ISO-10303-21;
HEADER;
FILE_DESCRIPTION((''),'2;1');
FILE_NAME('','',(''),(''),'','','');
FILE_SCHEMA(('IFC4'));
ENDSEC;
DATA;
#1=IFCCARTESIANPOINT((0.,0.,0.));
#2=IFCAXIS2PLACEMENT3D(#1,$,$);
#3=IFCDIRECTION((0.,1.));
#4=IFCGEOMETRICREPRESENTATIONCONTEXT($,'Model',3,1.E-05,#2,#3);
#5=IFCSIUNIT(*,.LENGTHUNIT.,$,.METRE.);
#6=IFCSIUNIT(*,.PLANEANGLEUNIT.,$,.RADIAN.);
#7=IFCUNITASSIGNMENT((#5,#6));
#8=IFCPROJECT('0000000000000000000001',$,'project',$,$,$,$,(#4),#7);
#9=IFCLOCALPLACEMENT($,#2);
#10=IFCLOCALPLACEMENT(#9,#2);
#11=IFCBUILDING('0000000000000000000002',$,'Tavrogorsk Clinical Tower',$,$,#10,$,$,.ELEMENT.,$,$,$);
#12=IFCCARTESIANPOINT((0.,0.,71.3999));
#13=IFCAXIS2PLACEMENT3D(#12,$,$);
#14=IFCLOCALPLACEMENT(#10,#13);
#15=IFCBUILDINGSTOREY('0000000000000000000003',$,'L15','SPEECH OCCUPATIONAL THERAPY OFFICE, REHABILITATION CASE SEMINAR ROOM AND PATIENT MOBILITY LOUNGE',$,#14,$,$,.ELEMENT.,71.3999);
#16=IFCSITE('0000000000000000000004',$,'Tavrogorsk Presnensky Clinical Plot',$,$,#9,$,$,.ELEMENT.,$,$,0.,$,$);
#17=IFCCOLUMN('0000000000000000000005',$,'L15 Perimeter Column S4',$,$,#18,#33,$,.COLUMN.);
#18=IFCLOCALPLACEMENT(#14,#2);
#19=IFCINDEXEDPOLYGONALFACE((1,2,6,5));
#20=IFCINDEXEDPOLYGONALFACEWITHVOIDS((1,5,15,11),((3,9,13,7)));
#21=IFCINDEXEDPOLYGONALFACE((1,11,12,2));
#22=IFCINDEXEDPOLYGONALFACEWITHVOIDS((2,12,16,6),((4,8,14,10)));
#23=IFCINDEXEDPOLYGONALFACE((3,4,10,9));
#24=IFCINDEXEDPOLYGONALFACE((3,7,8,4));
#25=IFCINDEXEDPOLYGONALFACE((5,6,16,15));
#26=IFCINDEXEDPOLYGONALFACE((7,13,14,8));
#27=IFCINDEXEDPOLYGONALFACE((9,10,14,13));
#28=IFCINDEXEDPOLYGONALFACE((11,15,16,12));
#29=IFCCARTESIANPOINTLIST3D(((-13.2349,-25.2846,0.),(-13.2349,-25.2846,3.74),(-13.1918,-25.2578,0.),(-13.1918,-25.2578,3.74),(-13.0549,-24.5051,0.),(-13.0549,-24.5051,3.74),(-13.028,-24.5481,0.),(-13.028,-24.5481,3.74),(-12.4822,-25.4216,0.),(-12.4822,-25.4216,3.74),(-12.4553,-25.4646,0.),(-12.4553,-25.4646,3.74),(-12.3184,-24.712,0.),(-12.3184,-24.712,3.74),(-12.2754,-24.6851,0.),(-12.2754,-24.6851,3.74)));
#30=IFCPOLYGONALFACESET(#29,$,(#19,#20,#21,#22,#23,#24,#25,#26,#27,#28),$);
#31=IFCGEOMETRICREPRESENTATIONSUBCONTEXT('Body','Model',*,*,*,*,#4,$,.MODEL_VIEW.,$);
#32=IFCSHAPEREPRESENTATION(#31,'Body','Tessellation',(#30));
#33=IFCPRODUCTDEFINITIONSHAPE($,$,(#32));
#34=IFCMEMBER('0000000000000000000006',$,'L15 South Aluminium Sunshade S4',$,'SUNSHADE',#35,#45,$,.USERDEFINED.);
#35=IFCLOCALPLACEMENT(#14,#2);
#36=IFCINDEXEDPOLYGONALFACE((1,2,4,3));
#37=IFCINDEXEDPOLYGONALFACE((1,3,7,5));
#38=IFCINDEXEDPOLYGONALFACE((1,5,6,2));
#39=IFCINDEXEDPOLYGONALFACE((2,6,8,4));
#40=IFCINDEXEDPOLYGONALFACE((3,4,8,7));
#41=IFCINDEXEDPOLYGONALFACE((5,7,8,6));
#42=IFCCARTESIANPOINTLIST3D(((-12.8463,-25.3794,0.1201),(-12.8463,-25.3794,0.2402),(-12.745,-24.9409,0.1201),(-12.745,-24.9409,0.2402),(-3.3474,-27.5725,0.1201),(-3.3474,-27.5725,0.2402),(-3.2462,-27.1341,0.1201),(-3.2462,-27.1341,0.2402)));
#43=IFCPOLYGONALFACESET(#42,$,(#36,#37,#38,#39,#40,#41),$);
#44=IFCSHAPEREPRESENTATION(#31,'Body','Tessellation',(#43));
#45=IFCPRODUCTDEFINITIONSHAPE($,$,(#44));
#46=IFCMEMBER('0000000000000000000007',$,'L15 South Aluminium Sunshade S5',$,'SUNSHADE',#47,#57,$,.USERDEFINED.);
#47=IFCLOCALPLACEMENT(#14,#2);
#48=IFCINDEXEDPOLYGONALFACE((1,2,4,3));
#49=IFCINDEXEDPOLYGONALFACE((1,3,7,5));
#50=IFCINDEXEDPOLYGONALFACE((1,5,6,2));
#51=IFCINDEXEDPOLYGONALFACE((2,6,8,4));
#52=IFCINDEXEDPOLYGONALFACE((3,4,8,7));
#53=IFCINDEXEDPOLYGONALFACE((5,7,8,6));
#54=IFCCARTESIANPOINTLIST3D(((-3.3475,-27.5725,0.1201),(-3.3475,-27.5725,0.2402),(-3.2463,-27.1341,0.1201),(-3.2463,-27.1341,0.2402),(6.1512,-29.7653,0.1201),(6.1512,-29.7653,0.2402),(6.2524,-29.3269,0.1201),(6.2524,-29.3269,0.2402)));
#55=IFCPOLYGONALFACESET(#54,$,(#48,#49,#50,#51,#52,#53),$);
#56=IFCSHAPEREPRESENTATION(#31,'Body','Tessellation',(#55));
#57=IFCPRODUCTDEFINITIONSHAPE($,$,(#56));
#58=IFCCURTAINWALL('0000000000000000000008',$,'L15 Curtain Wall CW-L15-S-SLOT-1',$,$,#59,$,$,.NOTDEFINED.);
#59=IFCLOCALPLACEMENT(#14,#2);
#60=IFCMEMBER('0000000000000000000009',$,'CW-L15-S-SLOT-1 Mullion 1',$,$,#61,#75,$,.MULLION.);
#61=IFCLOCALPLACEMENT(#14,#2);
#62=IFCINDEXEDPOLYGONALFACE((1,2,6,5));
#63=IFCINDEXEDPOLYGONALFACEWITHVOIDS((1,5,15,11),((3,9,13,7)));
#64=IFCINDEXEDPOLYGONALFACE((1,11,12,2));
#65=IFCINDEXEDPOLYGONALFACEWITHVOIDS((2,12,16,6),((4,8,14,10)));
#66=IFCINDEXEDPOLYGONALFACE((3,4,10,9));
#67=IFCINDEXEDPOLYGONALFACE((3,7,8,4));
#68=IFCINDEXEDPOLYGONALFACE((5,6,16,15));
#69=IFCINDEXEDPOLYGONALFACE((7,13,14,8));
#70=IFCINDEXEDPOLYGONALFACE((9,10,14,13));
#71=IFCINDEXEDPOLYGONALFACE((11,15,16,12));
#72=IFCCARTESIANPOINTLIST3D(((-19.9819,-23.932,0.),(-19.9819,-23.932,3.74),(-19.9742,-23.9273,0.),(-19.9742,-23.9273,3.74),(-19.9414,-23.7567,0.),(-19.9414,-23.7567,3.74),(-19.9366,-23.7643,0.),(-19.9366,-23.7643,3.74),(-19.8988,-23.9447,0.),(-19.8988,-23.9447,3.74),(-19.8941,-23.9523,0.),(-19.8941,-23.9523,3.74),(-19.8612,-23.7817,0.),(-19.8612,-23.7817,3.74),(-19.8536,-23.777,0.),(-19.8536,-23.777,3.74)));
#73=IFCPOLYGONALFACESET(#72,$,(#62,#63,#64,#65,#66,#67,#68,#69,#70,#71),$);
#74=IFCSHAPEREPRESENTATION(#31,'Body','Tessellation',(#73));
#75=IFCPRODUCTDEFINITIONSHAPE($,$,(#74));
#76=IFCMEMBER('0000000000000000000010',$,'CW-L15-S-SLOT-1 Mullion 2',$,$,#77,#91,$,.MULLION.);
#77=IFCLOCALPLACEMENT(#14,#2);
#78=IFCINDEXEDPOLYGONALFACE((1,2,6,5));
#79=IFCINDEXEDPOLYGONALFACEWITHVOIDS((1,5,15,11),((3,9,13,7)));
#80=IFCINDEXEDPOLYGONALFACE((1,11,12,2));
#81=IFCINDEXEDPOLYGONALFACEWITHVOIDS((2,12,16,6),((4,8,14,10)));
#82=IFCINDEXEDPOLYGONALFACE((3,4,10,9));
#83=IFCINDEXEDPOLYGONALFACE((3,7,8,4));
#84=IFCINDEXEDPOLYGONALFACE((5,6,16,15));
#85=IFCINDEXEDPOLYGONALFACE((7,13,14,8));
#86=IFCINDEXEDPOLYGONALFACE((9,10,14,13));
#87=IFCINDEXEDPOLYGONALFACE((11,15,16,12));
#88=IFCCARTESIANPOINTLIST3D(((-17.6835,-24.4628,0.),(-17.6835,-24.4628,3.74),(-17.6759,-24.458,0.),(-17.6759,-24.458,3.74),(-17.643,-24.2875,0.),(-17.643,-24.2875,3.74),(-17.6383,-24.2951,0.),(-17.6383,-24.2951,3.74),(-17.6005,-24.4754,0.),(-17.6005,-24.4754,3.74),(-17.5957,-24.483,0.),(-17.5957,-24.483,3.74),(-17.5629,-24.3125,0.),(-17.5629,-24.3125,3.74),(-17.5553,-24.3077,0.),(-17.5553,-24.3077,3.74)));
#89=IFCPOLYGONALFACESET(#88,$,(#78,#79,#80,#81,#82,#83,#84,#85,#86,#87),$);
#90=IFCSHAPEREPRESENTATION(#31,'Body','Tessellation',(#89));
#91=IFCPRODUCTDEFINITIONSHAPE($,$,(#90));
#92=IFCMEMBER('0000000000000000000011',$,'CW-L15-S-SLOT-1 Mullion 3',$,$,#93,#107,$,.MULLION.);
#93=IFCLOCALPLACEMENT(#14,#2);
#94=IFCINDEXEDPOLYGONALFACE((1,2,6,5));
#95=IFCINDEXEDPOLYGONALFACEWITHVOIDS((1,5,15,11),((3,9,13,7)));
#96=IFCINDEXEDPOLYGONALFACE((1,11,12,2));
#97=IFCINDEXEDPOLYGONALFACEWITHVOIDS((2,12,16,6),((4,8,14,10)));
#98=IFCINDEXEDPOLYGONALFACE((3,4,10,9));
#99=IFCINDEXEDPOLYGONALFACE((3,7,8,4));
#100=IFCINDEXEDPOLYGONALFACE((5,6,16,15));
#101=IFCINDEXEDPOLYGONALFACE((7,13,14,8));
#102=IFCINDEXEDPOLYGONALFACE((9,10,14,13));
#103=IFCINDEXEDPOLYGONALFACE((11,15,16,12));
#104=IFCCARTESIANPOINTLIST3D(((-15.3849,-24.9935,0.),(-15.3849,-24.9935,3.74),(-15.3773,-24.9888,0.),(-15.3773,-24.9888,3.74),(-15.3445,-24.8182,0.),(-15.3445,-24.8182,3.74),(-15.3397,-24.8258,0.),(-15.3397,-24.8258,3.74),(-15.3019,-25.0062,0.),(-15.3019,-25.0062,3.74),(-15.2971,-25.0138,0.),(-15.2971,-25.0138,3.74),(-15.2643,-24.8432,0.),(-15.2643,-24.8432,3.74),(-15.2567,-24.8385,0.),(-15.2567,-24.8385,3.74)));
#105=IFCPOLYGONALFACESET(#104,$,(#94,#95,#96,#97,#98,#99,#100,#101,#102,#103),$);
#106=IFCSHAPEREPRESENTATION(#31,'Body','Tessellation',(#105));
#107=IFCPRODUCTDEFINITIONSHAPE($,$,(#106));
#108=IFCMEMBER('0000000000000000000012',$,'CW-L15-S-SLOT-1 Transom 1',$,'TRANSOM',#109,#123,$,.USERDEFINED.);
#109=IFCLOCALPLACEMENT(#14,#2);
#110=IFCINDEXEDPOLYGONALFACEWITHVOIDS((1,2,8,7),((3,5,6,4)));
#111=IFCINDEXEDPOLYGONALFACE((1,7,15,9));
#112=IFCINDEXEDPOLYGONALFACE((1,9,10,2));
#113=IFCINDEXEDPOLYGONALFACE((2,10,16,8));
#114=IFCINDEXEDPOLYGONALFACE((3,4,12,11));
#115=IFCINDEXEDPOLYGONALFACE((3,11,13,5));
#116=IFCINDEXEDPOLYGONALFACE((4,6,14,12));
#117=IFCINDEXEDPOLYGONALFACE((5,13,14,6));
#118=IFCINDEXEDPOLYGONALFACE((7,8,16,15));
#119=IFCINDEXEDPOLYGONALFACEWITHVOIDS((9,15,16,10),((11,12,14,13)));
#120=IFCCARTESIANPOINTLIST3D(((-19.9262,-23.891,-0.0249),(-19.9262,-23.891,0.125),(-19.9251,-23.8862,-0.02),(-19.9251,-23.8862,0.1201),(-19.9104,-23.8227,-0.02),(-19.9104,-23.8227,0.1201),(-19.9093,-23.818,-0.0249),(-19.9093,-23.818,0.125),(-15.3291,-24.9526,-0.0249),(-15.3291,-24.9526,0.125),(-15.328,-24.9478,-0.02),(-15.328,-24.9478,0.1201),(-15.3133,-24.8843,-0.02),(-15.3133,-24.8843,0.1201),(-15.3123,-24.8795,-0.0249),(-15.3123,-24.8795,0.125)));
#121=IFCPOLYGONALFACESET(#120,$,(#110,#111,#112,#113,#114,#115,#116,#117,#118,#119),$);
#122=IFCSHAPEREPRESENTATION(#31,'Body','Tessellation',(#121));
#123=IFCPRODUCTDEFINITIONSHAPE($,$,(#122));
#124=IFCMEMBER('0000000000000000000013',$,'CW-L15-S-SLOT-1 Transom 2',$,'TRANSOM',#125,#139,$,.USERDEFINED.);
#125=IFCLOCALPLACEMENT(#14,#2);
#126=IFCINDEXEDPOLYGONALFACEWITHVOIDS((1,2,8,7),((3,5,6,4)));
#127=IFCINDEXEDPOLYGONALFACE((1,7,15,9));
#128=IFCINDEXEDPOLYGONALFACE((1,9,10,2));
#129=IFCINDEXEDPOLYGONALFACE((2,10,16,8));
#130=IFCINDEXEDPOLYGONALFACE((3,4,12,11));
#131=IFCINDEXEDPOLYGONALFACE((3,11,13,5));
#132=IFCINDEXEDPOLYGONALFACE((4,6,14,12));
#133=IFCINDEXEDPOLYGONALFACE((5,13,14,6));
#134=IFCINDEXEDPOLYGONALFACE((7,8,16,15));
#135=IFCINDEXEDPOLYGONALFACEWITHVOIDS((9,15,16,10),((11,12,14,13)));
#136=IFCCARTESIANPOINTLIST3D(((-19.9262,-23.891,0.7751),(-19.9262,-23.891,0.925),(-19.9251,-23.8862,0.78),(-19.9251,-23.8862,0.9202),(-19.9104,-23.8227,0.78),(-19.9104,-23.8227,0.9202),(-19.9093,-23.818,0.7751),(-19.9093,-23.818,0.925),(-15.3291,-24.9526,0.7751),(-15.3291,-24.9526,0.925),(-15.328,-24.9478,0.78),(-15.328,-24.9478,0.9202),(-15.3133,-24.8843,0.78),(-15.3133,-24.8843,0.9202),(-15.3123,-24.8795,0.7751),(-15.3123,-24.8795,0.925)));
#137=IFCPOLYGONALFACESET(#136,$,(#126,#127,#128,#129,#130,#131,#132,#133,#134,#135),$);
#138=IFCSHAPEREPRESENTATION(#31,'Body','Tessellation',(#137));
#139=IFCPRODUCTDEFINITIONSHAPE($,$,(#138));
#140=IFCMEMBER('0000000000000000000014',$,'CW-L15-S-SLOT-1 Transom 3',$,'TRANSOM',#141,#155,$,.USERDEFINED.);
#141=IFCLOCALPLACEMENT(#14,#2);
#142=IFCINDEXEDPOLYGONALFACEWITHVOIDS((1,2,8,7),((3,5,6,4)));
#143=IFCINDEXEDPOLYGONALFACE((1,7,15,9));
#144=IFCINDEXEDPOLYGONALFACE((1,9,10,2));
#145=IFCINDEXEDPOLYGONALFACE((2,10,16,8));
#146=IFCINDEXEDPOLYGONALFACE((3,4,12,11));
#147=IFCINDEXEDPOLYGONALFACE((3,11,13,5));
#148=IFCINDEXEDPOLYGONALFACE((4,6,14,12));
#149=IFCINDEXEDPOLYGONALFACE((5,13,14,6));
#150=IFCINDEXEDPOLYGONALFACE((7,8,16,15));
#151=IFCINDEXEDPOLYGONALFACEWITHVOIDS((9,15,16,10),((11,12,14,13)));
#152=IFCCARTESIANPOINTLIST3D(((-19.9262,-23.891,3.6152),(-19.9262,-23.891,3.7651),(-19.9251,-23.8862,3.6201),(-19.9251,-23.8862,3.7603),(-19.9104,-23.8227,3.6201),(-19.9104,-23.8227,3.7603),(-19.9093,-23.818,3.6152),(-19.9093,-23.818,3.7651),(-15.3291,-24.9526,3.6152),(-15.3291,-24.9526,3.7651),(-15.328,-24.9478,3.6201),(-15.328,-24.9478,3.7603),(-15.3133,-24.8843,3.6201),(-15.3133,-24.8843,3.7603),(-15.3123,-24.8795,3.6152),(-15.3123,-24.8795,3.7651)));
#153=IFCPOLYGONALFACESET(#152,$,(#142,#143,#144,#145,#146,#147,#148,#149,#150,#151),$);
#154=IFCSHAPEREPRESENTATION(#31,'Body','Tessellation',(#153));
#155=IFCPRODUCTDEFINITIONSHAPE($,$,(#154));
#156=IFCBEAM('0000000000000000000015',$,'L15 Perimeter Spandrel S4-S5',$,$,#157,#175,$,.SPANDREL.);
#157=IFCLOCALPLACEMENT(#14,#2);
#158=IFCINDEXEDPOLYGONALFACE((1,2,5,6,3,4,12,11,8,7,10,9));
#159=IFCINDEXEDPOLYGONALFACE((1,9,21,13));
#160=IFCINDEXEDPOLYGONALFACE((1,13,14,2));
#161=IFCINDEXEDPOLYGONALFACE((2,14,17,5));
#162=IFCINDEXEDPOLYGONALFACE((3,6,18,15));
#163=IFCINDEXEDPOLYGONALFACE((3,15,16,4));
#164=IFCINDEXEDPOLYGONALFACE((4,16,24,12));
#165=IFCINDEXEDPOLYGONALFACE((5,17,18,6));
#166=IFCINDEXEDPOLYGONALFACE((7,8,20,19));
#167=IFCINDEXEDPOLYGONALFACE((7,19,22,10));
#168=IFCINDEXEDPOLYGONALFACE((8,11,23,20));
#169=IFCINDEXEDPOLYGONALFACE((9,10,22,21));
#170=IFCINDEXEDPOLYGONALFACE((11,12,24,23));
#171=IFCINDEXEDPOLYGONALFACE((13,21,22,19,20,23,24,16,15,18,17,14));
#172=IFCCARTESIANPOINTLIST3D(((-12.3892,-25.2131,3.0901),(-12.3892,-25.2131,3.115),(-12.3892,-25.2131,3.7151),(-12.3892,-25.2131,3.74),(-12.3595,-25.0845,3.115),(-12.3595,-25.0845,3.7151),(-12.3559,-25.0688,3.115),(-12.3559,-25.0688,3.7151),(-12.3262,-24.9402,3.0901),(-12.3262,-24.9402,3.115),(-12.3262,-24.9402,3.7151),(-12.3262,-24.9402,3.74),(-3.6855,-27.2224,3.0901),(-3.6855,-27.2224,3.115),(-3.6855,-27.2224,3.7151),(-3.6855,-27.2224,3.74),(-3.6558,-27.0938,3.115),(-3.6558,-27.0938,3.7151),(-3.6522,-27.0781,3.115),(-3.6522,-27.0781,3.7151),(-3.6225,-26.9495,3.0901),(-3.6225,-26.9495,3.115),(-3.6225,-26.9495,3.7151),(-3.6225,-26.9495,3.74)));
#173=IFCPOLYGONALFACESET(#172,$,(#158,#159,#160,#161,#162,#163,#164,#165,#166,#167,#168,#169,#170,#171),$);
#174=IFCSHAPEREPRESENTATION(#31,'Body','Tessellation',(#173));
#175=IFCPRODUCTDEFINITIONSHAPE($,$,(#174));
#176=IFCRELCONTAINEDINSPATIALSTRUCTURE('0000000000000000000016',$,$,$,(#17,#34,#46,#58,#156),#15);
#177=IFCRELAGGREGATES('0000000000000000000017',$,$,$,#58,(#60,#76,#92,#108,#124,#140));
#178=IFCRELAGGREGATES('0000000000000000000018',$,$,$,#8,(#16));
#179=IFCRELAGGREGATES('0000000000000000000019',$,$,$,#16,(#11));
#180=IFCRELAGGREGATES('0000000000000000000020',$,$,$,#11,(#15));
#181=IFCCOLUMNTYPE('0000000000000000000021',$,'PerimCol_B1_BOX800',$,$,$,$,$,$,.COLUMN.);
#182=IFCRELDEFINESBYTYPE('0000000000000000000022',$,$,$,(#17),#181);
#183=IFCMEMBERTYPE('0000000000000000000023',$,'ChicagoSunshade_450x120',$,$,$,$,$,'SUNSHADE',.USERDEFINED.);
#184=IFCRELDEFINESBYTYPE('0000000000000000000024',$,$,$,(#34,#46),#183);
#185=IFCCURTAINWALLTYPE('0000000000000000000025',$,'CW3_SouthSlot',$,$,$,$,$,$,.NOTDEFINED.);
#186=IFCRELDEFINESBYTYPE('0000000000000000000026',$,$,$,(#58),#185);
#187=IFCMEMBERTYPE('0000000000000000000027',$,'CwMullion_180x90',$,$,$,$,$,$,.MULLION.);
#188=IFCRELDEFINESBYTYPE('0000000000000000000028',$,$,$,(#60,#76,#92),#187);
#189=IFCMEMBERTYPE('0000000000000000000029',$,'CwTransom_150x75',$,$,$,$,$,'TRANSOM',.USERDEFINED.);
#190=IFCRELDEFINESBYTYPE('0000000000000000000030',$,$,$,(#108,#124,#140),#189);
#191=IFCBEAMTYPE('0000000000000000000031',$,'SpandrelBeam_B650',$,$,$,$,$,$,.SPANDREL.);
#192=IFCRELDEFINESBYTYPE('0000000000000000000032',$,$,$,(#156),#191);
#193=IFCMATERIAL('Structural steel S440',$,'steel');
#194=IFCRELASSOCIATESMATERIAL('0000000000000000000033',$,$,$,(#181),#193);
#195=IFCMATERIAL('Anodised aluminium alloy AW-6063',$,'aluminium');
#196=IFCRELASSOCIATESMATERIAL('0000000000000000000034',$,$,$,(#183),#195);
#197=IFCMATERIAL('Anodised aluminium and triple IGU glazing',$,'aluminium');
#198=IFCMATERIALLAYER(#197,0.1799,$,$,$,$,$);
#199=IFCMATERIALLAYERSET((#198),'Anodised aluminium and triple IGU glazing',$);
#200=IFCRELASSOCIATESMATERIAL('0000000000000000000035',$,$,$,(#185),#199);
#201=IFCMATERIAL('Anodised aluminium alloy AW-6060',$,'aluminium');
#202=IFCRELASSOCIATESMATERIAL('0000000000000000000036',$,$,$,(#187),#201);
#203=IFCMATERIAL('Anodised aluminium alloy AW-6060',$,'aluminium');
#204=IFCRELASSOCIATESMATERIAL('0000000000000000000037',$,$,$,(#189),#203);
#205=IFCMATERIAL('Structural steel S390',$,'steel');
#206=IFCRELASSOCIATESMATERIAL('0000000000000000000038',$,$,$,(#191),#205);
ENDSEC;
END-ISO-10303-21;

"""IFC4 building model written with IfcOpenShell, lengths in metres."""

from ifc_helpers import new_model, si_unit, direction, frame, origin, origin_2d, place, context, subcontext, project, spatial, rectangle, hollow_rectangle, i_section, extrude, material, layer, layer_set, material_profile, profile_set, type_object, element, aggregate, save


model = new_model("IFC4")

# Units and contexts
model_context = context("Model", 3, precision=1e-05, world=origin(), true_north=direction((0.0, 1.0)))
body_context = subcontext(model_context, "Body", "Model", "MODEL_VIEW")
ifc_project = project(units=[si_unit("LENGTHUNIT", "METRE"), si_unit("PLANEANGLEUNIT", "RADIAN")], contexts=[model_context])

# Site, building, storey
site_placement = place(None, origin())
site = spatial("IfcSite", under=ifc_project, at=site_placement, Name="Tavrogorsk Presnensky Clinical Plot", CompositionType="ELEMENT", RefElevation=0.0)
building_placement = place(site_placement, origin())
building = spatial("IfcBuilding", under=site, at=building_placement, Name="Tavrogorsk Clinical Tower", CompositionType="ELEMENT")
storey_placement = place(building_placement, frame((0.0, 0.0, 71.3999)))
storey = spatial("IfcBuildingStorey", under=building, at=storey_placement, Name="L15", Description="SPEECH OCCUPATIONAL THERAPY OFFICE, REHABILITATION CASE SEMINAR ROOM AND PATIENT MOBILITY LOUNGE", CompositionType="ELEMENT", Elevation=71.3999)

# Column
ifc_material_1 = material(Name="Structural steel S440", Category="steel")
ifc_material_profile_1 = material_profile(ifc_material_1, hollow_rectangle(XDim=0.8, YDim=0.8, WallThickness=0.0359, at=origin_2d()), Name="BOX-800x800x36")
ifc_profile_set_1 = profile_set([ifc_material_profile_1], Name="Structural steel S440")
column_type = type_object("IfcColumnType", Name="PerimCol_B1_BOX800", PredefinedType="COLUMN", material=ifc_profile_set_1)
column_placement = place(storey_placement, frame((-12.7551, -24.9849, 0.0), z_axis=(0.0, 0.0, 1.0), x_axis=(0.97437, -0.224951, 0.0)))
element("IfcColumn", 1, at=column_placement, inside=storey, type_object=column_type, Name="L15 Perimeter Column S4", PredefinedType="COLUMN", context=body_context, shape_type="SweptSolid", body=[
    extrude(hollow_rectangle(XDim=0.8, YDim=0.8, WallThickness=0.0359, at=origin_2d()), origin(), (0.0, 0.0, 1.0), 3.74),
])

# Members
ifc_material_2 = material(Name="Anodised aluminium alloy AW-6063", Category="aluminium")
ifc_material_profile_2 = material_profile(ifc_material_2, rectangle(XDim=0.45, YDim=0.1201, at=origin_2d()), Name="ALU-SUNSHADE-450x120")
ifc_profile_set_2 = profile_set([ifc_material_profile_2], Name="Anodised aluminium alloy AW-6063")
member_type_1 = type_object("IfcMemberType", Name="ChicagoSunshade_450x120", ElementType="SUNSHADE", PredefinedType="USERDEFINED", material=ifc_profile_set_2)
member_1_placement = place(storey_placement, frame((-12.7957, -25.1602, 0.1802), z_axis=(0.974367, -0.224966, 0.0), x_axis=(0.224966, 0.974367, 0.0)))
element("IfcMember", 2, at=member_1_placement, inside=storey, type_object=member_type_1, Name="L15 South Aluminium Sunshade S4", ObjectType="SUNSHADE", PredefinedType="USERDEFINED", context=body_context, shape_type="SweptSolid", body=[
    extrude(rectangle(XDim=0.45, YDim=0.1201, at=origin_2d()), origin(), (0.0, 0.0, 1.0), 9.7488),
])
member_2_placement = place(storey_placement, frame((-3.2969, -27.3533, 0.1802), z_axis=(0.974372, -0.224942, 0.0), x_axis=(0.224942, 0.974372, 0.0)))
element("IfcMember", 3, at=member_2_placement, inside=storey, type_object=member_type_1, Name="L15 South Aluminium Sunshade S5", ObjectType="SUNSHADE", PredefinedType="USERDEFINED", context=body_context, shape_type="SweptSolid", body=[
    extrude(rectangle(XDim=0.45, YDim=0.1201, at=origin_2d()), origin(), (0.0, 0.0, 1.0), 9.7485),
])

# Curtain wall, members
ifc_material_3 = material(Name="Anodised aluminium and triple IGU glazing", Category="aluminium")
ifc_layer_1 = layer(ifc_material_3, 0.1799)
ifc_layer_set_1 = layer_set([ifc_layer_1], Name="Anodised aluminium and triple IGU glazing")
curtain_wall_type = type_object("IfcCurtainWallType", Name="CW3_SouthSlot", PredefinedType="NOTDEFINED", material=ifc_layer_set_1)
curtain_wall_placement = place(storey_placement, origin())
curtain_wall = element("IfcCurtainWall", 4, at=curtain_wall_placement, inside=storey, type_object=curtain_wall_type, Name="L15 Curtain Wall CW-L15-S-SLOT-1", PredefinedType="NOTDEFINED")
ifc_material_4 = material(Name="Anodised aluminium alloy AW-6060", Category="aluminium")
ifc_material_profile_3 = material_profile(ifc_material_4, hollow_rectangle(XDim=0.0901, YDim=0.1799, WallThickness=0.0063, at=origin_2d()), Name="RHS-180x90x6.3")
ifc_profile_set_3 = profile_set([ifc_material_profile_3], Name="Anodised aluminium alloy AW-6060")
member_type_2 = type_object("IfcMemberType", Name="CwMullion_180x90", PredefinedType="MULLION", material=ifc_profile_set_3)
member_3_placement = place(storey_placement, frame((-19.9177, -23.8545, 0.0), z_axis=(0.0, 0.0, 1.0), x_axis=(0.97437, -0.224951, 0.0)))
member_3 = element("IfcMember", 5, at=member_3_placement, type_object=member_type_2, Name="CW-L15-S-SLOT-1 Mullion 1", PredefinedType="MULLION", context=body_context, shape_type="SweptSolid", body=[
    extrude(hollow_rectangle(XDim=0.0901, YDim=0.1799, WallThickness=0.0063, at=origin_2d()), origin(), (0.0, 0.0, 1.0), 3.74),
])
member_4_placement = place(storey_placement, frame((-17.6194, -24.3853, 0.0), z_axis=(0.0, 0.0, 1.0), x_axis=(0.97437, -0.224951, 0.0)))
member_4 = element("IfcMember", 6, at=member_4_placement, type_object=member_type_2, Name="CW-L15-S-SLOT-1 Mullion 2", PredefinedType="MULLION", context=body_context, shape_type="SweptSolid", body=[
    extrude(hollow_rectangle(XDim=0.0901, YDim=0.1799, WallThickness=0.0063, at=origin_2d()), origin(), (0.0, 0.0, 1.0), 3.74),
])
member_5_placement = place(storey_placement, frame((-15.3208, -24.916, 0.0), z_axis=(0.0, 0.0, 1.0), x_axis=(0.97437, -0.224951, 0.0)))
member_5 = element("IfcMember", 7, at=member_5_placement, type_object=member_type_2, Name="CW-L15-S-SLOT-1 Mullion 3", PredefinedType="MULLION", context=body_context, shape_type="SweptSolid", body=[
    extrude(hollow_rectangle(XDim=0.0901, YDim=0.1799, WallThickness=0.0063, at=origin_2d()), origin(), (0.0, 0.0, 1.0), 3.74),
])
ifc_material_5 = material(Name="Anodised aluminium alloy AW-6060", Category="aluminium")
ifc_material_profile_4 = material_profile(ifc_material_5, hollow_rectangle(XDim=0.075, YDim=0.1499, WallThickness=0.0049, at=origin_2d()), Name="RHS-150x75x5")
ifc_profile_set_4 = profile_set([ifc_material_profile_4], Name="Anodised aluminium alloy AW-6060")
member_type_3 = type_object("IfcMemberType", Name="CwTransom_150x75", ElementType="TRANSOM", PredefinedType="USERDEFINED", material=ifc_profile_set_4)
member_6_placement = place(storey_placement, frame((-19.9177, -23.8545, 0.05), z_axis=(0.974359, -0.224999, 0.0), x_axis=(0.224999, 0.974359, 0.0)))
member_6 = element("IfcMember", 8, at=member_6_placement, type_object=member_type_3, Name="CW-L15-S-SLOT-1 Transom 1", ObjectType="TRANSOM", PredefinedType="USERDEFINED", context=body_context, shape_type="SweptSolid", body=[
    extrude(hollow_rectangle(XDim=0.075, YDim=0.1499, WallThickness=0.0049, at=origin_2d()), origin(), (0.0, 0.0, 1.0), 4.718),
])
member_7_placement = place(storey_placement, frame((-19.9177, -23.8545, 0.8501), z_axis=(0.974359, -0.224999, 0.0), x_axis=(0.224999, 0.974359, 0.0)))
member_7 = element("IfcMember", 9, at=member_7_placement, type_object=member_type_3, Name="CW-L15-S-SLOT-1 Transom 2", ObjectType="TRANSOM", PredefinedType="USERDEFINED", context=body_context, shape_type="SweptSolid", body=[
    extrude(hollow_rectangle(XDim=0.075, YDim=0.1499, WallThickness=0.0049, at=origin_2d()), origin(), (0.0, 0.0, 1.0), 4.718),
])
member_8_placement = place(storey_placement, frame((-19.9177, -23.8545, 3.6902), z_axis=(0.974359, -0.224999, 0.0), x_axis=(0.224999, 0.974359, 0.0)))
member_8 = element("IfcMember", 10, at=member_8_placement, type_object=member_type_3, Name="CW-L15-S-SLOT-1 Transom 3", ObjectType="TRANSOM", PredefinedType="USERDEFINED", context=body_context, shape_type="SweptSolid", body=[
    extrude(hollow_rectangle(XDim=0.075, YDim=0.1499, WallThickness=0.0049, at=origin_2d()), origin(), (0.0, 0.0, 1.0), 4.718),
])

# Beam
ifc_material_6 = material(Name="Structural steel S390", Category="steel")
ifc_material_profile_5 = material_profile(ifc_material_6, i_section(OverallWidth=0.28, OverallDepth=0.6499, WebThickness=0.0161, FlangeThickness=0.0249, at=origin_2d()), Name="B-650x280x16x25")
ifc_profile_set_5 = profile_set([ifc_material_profile_5], Name="Structural steel S390")
beam_type = type_object("IfcBeamType", Name="SpandrelBeam_B650", PredefinedType="SPANDREL", material=ifc_profile_set_5)
beam_placement = place(storey_placement, frame((-12.3577, -25.0767, 3.415), z_axis=(0.974373, -0.224939, 0.0), x_axis=(0.224939, 0.974373, 0.0)))
element("IfcBeam", 11, at=beam_placement, inside=storey, type_object=beam_type, Name="L15 Perimeter Spandrel S4-S5", PredefinedType="SPANDREL", context=body_context, shape_type="SweptSolid", body=[
    extrude(i_section(OverallWidth=0.28, OverallDepth=0.6499, WebThickness=0.0161, FlangeThickness=0.0249, at=origin_2d()), origin(), (0.0, 0.0, 1.0), 8.9326),
])

aggregate(curtain_wall, [member_3, member_4, member_5, member_6, member_7, member_8])

save(model, "model.ifc")
